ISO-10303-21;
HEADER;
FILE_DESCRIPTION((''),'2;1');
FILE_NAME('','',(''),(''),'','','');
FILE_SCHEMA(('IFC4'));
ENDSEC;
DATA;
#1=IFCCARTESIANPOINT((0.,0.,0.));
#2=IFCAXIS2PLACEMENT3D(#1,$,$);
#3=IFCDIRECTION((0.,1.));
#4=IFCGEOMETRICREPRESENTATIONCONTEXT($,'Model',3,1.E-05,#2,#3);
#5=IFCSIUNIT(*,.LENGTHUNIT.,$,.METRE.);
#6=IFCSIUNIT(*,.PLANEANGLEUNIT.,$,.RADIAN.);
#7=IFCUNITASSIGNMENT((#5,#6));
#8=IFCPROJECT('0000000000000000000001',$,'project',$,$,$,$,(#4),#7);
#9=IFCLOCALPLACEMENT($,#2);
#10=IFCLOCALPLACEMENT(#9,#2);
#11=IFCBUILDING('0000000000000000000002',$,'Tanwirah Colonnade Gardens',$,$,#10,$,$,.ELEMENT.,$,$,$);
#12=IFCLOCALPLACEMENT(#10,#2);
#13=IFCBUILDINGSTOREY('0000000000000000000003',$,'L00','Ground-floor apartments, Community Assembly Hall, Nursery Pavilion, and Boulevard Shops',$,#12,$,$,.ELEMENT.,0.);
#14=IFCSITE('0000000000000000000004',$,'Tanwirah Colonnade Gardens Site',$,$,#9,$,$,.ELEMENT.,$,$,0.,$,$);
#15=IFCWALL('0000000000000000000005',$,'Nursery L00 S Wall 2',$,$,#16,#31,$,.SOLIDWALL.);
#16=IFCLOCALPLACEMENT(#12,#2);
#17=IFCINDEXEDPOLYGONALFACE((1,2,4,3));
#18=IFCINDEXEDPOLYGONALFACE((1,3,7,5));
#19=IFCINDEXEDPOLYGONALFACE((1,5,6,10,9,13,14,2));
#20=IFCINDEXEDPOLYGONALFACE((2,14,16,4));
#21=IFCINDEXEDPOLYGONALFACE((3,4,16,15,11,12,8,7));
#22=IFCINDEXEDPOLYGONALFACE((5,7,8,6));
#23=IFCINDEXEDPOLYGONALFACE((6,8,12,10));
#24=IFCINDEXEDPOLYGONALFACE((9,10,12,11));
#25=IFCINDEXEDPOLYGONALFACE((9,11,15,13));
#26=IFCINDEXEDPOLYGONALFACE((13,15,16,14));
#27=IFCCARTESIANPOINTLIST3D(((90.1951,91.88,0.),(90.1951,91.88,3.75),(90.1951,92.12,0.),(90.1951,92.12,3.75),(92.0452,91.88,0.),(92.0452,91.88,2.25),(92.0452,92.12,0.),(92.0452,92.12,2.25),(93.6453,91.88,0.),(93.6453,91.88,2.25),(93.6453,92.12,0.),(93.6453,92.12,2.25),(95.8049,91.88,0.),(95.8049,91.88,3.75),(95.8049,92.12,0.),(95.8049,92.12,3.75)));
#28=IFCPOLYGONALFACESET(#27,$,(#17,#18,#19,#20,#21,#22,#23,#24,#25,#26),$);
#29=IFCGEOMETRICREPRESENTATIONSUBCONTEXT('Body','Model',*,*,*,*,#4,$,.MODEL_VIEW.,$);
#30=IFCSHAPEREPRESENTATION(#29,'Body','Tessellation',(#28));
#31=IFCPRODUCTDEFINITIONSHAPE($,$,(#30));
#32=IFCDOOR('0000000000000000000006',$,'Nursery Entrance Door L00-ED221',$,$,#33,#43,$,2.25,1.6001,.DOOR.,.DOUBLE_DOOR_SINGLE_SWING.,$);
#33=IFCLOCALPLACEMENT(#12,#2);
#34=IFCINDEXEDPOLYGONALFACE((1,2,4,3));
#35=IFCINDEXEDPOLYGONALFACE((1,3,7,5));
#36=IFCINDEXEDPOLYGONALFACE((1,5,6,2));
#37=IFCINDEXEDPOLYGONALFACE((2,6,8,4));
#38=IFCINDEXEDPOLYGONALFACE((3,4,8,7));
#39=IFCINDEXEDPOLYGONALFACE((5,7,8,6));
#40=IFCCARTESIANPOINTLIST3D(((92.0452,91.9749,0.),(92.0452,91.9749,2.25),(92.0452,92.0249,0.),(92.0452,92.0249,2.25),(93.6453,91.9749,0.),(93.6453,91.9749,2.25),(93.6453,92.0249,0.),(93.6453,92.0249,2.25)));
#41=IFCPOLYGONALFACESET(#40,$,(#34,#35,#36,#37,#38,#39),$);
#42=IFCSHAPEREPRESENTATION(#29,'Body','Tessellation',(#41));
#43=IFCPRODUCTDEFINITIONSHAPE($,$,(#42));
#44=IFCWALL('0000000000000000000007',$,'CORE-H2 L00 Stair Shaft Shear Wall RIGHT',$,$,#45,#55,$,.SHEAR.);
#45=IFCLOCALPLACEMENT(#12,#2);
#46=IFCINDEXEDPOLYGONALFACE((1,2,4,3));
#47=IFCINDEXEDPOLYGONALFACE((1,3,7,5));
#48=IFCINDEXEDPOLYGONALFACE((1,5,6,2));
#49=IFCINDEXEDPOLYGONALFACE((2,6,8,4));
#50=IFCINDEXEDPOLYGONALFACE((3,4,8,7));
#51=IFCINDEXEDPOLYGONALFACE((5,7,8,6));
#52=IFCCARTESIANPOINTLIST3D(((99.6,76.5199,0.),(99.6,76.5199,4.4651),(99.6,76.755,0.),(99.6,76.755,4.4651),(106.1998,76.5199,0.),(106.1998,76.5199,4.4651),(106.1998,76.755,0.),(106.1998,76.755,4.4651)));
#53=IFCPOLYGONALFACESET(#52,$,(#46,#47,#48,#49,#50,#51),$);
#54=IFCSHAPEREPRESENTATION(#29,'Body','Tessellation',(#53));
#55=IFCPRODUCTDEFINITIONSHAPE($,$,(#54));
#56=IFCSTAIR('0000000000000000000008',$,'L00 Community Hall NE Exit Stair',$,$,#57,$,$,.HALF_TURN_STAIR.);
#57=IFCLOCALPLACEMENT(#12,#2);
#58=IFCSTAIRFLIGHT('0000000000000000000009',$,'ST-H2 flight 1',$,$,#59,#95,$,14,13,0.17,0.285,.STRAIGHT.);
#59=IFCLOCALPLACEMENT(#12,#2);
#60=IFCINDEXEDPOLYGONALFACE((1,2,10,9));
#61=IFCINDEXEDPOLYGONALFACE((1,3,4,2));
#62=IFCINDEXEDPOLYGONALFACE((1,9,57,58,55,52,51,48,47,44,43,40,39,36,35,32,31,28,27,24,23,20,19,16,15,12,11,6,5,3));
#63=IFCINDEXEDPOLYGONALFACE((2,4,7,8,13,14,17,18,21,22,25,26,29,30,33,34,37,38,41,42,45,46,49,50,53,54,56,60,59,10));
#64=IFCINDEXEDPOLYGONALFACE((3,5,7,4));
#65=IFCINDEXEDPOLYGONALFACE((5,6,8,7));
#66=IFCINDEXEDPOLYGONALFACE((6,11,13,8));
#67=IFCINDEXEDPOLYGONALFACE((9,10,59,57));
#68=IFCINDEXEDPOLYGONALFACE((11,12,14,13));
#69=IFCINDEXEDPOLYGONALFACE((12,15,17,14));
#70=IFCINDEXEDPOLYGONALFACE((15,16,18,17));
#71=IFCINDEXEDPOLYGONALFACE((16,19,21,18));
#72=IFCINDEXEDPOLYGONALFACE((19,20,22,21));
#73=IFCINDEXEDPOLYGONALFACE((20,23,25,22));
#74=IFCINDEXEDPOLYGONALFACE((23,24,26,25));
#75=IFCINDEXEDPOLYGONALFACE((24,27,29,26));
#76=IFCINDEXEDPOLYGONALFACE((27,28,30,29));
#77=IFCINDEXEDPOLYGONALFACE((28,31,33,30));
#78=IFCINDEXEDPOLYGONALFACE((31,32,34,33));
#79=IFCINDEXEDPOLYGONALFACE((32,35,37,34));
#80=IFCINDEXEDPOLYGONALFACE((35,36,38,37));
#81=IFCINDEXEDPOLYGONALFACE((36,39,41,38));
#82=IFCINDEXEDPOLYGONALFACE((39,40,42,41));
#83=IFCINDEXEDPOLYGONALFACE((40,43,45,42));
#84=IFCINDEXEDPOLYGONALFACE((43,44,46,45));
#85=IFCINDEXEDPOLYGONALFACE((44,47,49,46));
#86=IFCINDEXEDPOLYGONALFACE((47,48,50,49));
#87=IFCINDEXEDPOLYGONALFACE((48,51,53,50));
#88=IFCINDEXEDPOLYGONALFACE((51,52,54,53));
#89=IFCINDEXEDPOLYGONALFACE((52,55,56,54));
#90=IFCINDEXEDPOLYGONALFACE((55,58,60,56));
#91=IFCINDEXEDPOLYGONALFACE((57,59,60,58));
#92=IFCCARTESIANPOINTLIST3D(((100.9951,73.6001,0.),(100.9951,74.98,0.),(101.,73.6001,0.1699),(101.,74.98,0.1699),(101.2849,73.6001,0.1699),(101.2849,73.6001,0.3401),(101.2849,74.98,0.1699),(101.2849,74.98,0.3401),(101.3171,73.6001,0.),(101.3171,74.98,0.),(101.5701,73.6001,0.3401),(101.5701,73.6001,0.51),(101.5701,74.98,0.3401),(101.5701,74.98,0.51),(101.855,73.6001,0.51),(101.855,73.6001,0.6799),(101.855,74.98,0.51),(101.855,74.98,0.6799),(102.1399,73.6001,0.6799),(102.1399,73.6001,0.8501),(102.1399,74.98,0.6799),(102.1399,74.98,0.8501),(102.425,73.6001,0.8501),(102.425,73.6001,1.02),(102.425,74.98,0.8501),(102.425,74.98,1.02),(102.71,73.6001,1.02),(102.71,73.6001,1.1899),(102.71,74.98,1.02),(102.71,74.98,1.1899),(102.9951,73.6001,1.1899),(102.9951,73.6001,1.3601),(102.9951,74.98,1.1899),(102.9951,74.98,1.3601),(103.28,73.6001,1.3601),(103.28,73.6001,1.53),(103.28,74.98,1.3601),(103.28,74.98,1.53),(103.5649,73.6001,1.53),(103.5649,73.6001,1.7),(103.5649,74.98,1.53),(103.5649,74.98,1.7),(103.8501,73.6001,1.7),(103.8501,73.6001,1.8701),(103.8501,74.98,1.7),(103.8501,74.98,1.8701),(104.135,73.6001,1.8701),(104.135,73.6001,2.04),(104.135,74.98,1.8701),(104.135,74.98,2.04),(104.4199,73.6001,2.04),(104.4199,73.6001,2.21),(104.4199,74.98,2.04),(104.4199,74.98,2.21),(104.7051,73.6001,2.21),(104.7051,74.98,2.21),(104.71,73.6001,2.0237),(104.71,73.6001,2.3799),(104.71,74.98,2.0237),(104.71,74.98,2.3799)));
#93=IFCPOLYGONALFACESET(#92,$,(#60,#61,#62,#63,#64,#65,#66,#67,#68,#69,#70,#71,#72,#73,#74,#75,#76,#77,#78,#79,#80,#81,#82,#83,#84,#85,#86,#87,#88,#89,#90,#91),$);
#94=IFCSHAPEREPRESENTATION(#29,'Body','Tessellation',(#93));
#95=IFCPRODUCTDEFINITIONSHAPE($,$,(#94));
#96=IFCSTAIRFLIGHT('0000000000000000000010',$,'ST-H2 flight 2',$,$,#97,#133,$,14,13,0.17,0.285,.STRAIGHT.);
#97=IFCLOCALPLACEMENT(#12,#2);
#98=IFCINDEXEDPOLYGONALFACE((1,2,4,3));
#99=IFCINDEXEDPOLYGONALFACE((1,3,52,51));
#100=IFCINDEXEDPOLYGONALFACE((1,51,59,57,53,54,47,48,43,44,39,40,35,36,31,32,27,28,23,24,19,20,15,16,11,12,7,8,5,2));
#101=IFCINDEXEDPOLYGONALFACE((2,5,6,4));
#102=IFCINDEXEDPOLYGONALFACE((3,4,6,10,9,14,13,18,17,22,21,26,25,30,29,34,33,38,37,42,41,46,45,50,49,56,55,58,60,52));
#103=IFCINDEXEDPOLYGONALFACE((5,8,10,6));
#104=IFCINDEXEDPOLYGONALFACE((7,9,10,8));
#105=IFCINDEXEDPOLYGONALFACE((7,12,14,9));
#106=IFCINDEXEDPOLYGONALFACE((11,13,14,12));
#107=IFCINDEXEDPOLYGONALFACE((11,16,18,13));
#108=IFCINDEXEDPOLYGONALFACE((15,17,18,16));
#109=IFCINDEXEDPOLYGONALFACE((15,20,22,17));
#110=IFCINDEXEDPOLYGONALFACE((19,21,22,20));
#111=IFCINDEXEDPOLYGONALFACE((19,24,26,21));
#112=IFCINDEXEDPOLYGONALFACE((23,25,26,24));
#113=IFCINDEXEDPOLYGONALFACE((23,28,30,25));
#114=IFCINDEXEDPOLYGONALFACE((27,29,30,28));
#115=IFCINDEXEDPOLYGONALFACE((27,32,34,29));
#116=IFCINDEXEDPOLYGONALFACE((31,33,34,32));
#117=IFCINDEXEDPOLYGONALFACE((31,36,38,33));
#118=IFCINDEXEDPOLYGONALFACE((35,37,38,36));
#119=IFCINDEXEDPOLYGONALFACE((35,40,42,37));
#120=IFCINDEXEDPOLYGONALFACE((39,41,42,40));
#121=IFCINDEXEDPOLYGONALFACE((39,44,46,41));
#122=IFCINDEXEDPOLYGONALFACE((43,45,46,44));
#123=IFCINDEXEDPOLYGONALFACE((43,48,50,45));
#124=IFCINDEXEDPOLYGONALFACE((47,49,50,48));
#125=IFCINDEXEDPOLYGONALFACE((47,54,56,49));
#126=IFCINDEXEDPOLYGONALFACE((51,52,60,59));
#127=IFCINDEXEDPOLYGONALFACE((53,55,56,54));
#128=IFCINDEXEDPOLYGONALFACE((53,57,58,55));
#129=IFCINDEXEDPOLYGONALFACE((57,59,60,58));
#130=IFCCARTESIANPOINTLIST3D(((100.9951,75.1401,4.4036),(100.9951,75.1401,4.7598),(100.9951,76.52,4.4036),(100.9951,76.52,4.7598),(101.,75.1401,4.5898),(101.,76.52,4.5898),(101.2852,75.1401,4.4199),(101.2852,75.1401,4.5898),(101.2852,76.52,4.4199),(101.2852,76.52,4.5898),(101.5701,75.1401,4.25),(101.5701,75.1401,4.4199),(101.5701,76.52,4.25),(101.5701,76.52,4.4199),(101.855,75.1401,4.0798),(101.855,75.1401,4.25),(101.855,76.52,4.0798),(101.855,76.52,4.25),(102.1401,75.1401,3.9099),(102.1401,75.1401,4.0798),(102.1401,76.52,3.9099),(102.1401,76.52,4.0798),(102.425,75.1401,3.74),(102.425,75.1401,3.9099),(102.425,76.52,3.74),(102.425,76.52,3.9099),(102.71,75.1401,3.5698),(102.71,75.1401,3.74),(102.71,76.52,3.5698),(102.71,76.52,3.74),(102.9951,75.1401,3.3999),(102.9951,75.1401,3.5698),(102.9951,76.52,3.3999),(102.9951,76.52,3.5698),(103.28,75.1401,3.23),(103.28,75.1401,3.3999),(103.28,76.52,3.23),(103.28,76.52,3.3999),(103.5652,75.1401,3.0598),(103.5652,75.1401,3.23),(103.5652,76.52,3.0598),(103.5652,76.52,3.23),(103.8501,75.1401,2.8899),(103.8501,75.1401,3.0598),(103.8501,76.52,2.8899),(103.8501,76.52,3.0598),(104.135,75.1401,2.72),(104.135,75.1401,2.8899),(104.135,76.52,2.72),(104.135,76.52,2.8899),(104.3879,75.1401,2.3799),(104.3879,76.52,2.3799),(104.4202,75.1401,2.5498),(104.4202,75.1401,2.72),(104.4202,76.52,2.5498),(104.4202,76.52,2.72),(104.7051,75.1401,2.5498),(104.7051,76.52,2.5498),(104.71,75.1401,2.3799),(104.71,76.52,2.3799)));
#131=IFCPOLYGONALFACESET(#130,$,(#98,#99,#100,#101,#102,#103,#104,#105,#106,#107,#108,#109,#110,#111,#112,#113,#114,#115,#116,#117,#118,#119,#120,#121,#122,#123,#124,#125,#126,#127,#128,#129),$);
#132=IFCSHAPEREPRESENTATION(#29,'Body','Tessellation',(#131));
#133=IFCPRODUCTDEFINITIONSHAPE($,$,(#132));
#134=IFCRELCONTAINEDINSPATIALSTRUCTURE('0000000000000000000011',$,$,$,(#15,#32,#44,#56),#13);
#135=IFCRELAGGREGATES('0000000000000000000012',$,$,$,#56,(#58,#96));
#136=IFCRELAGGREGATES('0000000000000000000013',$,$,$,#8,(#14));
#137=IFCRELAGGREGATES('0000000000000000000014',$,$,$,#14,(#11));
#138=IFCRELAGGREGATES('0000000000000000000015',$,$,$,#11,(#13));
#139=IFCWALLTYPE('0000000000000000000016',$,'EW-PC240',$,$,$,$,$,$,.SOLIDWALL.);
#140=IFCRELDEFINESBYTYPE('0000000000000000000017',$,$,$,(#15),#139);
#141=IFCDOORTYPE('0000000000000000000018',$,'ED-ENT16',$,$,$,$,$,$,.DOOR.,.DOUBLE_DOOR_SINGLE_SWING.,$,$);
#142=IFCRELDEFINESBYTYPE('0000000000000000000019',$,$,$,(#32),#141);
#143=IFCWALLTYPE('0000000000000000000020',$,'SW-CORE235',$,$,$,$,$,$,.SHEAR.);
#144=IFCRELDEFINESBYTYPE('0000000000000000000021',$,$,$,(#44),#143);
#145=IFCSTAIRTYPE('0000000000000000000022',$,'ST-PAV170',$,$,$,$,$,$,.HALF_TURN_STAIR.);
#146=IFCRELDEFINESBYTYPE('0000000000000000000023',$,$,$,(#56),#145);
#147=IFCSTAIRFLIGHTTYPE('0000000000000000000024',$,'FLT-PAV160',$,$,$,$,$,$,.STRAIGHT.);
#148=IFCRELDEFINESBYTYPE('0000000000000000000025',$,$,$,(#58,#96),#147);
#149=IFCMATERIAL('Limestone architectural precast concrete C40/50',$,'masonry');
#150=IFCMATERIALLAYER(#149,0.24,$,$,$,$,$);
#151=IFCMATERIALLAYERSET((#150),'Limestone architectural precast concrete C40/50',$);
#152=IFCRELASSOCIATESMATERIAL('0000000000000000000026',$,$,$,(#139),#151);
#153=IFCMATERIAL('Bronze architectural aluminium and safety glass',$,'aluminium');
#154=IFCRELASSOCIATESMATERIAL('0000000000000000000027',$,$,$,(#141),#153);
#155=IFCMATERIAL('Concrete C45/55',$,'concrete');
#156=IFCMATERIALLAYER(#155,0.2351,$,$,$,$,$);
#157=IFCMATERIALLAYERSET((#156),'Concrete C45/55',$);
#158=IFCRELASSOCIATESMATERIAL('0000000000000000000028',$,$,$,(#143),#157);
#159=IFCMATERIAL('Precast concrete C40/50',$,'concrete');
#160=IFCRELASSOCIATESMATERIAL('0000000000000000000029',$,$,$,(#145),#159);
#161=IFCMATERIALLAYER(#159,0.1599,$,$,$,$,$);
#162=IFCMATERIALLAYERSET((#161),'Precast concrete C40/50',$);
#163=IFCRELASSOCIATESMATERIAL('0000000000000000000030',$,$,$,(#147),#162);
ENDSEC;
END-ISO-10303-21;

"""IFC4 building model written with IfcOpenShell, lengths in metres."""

from ifc_helpers import new_model, si_unit, direction, frame, frame_2d, origin, place, context, subcontext, project, spatial, polyline, rectangle, outline, extrude, material, layer, layer_set, type_object, element, fill, aggregate, save


model = new_model("IFC4")

# Units and contexts
model_context = context("Model", 3, precision=1e-05, world=origin(), true_north=direction((0.0, 1.0)))
body_context = subcontext(model_context, "Body", "Model", "MODEL_VIEW")
ifc_project = project(units=[si_unit("LENGTHUNIT", "METRE"), si_unit("PLANEANGLEUNIT", "RADIAN")], contexts=[model_context])

# Site, building, storey
site_placement = place(None, origin())
site = spatial("IfcSite", under=ifc_project, at=site_placement, Name="Tanwirah Colonnade Gardens Site", CompositionType="ELEMENT", RefElevation=0.0)
building_placement = place(site_placement, origin())
building = spatial("IfcBuilding", under=site, at=building_placement, Name="Tanwirah Colonnade Gardens", CompositionType="ELEMENT")
storey_placement = place(building_placement, origin())
storey = spatial("IfcBuildingStorey", under=building, at=storey_placement, Name="L00", Description="Ground-floor apartments, Community Assembly Hall, Nursery Pavilion, and Boulevard Shops", CompositionType="ELEMENT", Elevation=0.0)

# Shared definitions
ifc_material_1 = material(Name="Precast concrete C40/50", Category="concrete")

# Wall, opening, door
ifc_material_2 = material(Name="Limestone architectural precast concrete C40/50", Category="masonry")
ifc_material_3 = material(Name="Bronze architectural aluminium and safety glass", Category="aluminium")
ifc_layer_1 = layer(ifc_material_2, 0.24)
ifc_layer_set_1 = layer_set([ifc_layer_1], Name="Limestone architectural precast concrete C40/50")
wall_type_1 = type_object("IfcWallType", Name="EW-PC240", PredefinedType="SOLIDWALL", material=ifc_layer_set_1)
wall_1_placement = place(storey_placement, frame((90.1951, 92.0, 0.0), z_axis=(0.0, 0.0, 1.0), x_axis=(1.0, 0.0, 0.0)))
wall_1 = element("IfcWall", 1, at=wall_1_placement, inside=storey, type_object=wall_type_1, Name="Nursery L00 S Wall 2", PredefinedType="SOLIDWALL", context=body_context, shape_type="SweptSolid", body=[
    extrude(rectangle(XDim=5.6099, YDim=0.24, at=frame_2d((2.8049, 0.0))), origin(), (0.0, 0.0, 1.0), 3.75),
])
opening_1_placement = place(wall_1_placement, frame((1.8501, 0.0, 0.0)))
opening_1 = element("IfcOpeningElement", 2, at=opening_1_placement, cuts=wall_1, PredefinedType="OPENING", context=body_context, shape_type="SweptSolid", body=[
    extrude(rectangle(XDim=1.6001, YDim=2.25, at=frame_2d((0.8, 1.125))), frame((0.0, 0.1299, 0.0), z_axis=(0.0, -1.0, 0.0), x_axis=(1.0, 0.0, 0.0)), (0.0, 0.0, 1.0), 0.26),
])
door_type_1 = type_object("IfcDoorType", Name="ED-ENT16", OperationType="DOUBLE_DOOR_SINGLE_SWING", PredefinedType="DOOR", material=ifc_material_3)
door_1_placement = place(opening_1_placement, origin())
door_1 = element("IfcDoor", 3, at=door_1_placement, inside=storey, type_object=door_type_1, Name="Nursery Entrance Door L00-ED221", OperationType="DOUBLE_DOOR_SINGLE_SWING", OverallHeight=2.25, OverallWidth=1.6001, PredefinedType="DOOR", context=body_context, shape_type="SweptSolid", body=[
    extrude(rectangle(XDim=1.6001, YDim=2.25, at=frame_2d((0.8, 1.125))), frame((0.0, 0.0249, 0.0), z_axis=(0.0, -1.0, 0.0), x_axis=(1.0, 0.0, 0.0)), (0.0, 0.0, 1.0), 0.05),
])
fill(opening_1, door_1)

# Wall
ifc_material_4 = material(Name="Concrete C45/55", Category="concrete")
ifc_layer_2 = layer(ifc_material_4, 0.2351)
ifc_layer_set_2 = layer_set([ifc_layer_2], Name="Concrete C45/55")
wall_type_2 = type_object("IfcWallType", Name="SW-CORE235", PredefinedType="SHEAR", material=ifc_layer_set_2)
wall_2_placement = place(storey_placement, frame((99.6001, 76.6375, 0.0), z_axis=(0.0, 0.0, 1.0), x_axis=(1.0, 0.0, 0.0)))
element("IfcWall", 4, at=wall_2_placement, inside=storey, type_object=wall_type_2, Name="CORE-H2 L00 Stair Shaft Shear Wall RIGHT", PredefinedType="SHEAR", context=body_context, shape_type="SweptSolid", body=[
    extrude(rectangle(XDim=6.5999, YDim=0.2351, at=frame_2d((3.2998, 0.0))), origin(), (0.0, 0.0, 1.0), 4.4651),
])

# Stair, stair flights
stair_type = type_object("IfcStairType", Name="ST-PAV170", PredefinedType="HALF_TURN_STAIR", material=ifc_material_1)
stair_placement = place(storey_placement, origin())
stair = element("IfcStair", 5, at=stair_placement, inside=storey, type_object=stair_type, Name="L00 Community Hall NE Exit Stair", PredefinedType="HALF_TURN_STAIR")
ifc_layer_3 = layer(ifc_material_1, 0.1599)
ifc_layer_set_3 = layer_set([ifc_layer_3], Name="Precast concrete C40/50")
stair_flight_type = type_object("IfcStairFlightType", Name="FLT-PAV160", PredefinedType="STRAIGHT", material=ifc_layer_set_3)
stair_flight_1_placement = place(storey_placement, frame((101.0, 74.29, 0.0), z_axis=(0.0, 0.0, 1.0), x_axis=(1.0, 0.0, 0.0)))
stair_flight_1 = element("IfcStairFlight", 6, at=stair_flight_1_placement, type_object=stair_flight_type, Name="ST-H2 flight 1", NumberOfRisers=14, NumberOfTreads=13, PredefinedType="STRAIGHT", RiserHeight=0.17, TreadLength=0.285, context=body_context, shape_type="SweptSolid", body=[
    extrude(outline(polyline([(-0.0049, 0.0), (0.0, 0.1699), (0.2849, 0.1699), (0.2849, 0.3401), (0.5701, 0.3401), (0.5701, 0.51), (0.855, 0.51), (0.855, 0.6799), (1.1399, 0.6799), (1.1399, 0.8501), (1.425, 0.8501), (1.425, 1.02), (1.71, 1.02), (1.71, 1.1899), (1.9951, 1.1899), (1.9951, 1.3601), (2.28, 1.3601), (2.28, 1.53), (2.5649, 1.53), (2.5649, 1.7), (2.8501, 1.7), (2.8501, 1.8701), (3.135, 1.8701), (3.135, 2.04), (3.4199, 2.04), (3.4199, 2.21), (3.7051, 2.21), (3.71, 2.3799), (3.71, 2.0237), (0.3171, 0.0), (-0.0049, 0.0)])), frame((0.0, 0.6899, 0.0), z_axis=(0.0, -1.0, 0.0), x_axis=(1.0, 0.0, 0.0)), (0.0, 0.0, 1.0), 1.3799),
])
stair_flight_2_placement = place(storey_placement, frame((104.7051, 75.8301, 2.3799), z_axis=(0.0, 0.0, 1.0), x_axis=(-1.0, 0.0, 0.0)))
stair_flight_2 = element("IfcStairFlight", 7, at=stair_flight_2_placement, type_object=stair_flight_type, Name="ST-H2 flight 2", NumberOfRisers=14, NumberOfTreads=13, PredefinedType="STRAIGHT", RiserHeight=0.17, TreadLength=0.285, context=body_context, shape_type="SweptSolid", body=[
    extrude(outline(polyline([(-0.0049, 0.0), (0.0, 0.1699), (0.2849, 0.1699), (0.2849, 0.3401), (0.5701, 0.3401), (0.5701, 0.51), (0.855, 0.51), (0.855, 0.6799), (1.1399, 0.6799), (1.1399, 0.8501), (1.425, 0.8501), (1.425, 1.02), (1.71, 1.02), (1.71, 1.1899), (1.9951, 1.1899), (1.9951, 1.3601), (2.28, 1.3601), (2.28, 1.53), (2.5649, 1.53), (2.5649, 1.7), (2.8501, 1.7), (2.8501, 1.8701), (3.135, 1.8701), (3.135, 2.04), (3.4199, 2.04), (3.4199, 2.21), (3.7051, 2.21), (3.71, 2.3799), (3.71, 2.0237), (0.3171, 0.0), (-0.0049, 0.0)])), frame((0.0, 0.6899, 0.0), z_axis=(0.0, -1.0, 0.0), x_axis=(1.0, 0.0, 0.0)), (0.0, 0.0, 1.0), 1.3799),
])
aggregate(stair, [stair_flight_1, stair_flight_2])

save(model, "model.ifc")
